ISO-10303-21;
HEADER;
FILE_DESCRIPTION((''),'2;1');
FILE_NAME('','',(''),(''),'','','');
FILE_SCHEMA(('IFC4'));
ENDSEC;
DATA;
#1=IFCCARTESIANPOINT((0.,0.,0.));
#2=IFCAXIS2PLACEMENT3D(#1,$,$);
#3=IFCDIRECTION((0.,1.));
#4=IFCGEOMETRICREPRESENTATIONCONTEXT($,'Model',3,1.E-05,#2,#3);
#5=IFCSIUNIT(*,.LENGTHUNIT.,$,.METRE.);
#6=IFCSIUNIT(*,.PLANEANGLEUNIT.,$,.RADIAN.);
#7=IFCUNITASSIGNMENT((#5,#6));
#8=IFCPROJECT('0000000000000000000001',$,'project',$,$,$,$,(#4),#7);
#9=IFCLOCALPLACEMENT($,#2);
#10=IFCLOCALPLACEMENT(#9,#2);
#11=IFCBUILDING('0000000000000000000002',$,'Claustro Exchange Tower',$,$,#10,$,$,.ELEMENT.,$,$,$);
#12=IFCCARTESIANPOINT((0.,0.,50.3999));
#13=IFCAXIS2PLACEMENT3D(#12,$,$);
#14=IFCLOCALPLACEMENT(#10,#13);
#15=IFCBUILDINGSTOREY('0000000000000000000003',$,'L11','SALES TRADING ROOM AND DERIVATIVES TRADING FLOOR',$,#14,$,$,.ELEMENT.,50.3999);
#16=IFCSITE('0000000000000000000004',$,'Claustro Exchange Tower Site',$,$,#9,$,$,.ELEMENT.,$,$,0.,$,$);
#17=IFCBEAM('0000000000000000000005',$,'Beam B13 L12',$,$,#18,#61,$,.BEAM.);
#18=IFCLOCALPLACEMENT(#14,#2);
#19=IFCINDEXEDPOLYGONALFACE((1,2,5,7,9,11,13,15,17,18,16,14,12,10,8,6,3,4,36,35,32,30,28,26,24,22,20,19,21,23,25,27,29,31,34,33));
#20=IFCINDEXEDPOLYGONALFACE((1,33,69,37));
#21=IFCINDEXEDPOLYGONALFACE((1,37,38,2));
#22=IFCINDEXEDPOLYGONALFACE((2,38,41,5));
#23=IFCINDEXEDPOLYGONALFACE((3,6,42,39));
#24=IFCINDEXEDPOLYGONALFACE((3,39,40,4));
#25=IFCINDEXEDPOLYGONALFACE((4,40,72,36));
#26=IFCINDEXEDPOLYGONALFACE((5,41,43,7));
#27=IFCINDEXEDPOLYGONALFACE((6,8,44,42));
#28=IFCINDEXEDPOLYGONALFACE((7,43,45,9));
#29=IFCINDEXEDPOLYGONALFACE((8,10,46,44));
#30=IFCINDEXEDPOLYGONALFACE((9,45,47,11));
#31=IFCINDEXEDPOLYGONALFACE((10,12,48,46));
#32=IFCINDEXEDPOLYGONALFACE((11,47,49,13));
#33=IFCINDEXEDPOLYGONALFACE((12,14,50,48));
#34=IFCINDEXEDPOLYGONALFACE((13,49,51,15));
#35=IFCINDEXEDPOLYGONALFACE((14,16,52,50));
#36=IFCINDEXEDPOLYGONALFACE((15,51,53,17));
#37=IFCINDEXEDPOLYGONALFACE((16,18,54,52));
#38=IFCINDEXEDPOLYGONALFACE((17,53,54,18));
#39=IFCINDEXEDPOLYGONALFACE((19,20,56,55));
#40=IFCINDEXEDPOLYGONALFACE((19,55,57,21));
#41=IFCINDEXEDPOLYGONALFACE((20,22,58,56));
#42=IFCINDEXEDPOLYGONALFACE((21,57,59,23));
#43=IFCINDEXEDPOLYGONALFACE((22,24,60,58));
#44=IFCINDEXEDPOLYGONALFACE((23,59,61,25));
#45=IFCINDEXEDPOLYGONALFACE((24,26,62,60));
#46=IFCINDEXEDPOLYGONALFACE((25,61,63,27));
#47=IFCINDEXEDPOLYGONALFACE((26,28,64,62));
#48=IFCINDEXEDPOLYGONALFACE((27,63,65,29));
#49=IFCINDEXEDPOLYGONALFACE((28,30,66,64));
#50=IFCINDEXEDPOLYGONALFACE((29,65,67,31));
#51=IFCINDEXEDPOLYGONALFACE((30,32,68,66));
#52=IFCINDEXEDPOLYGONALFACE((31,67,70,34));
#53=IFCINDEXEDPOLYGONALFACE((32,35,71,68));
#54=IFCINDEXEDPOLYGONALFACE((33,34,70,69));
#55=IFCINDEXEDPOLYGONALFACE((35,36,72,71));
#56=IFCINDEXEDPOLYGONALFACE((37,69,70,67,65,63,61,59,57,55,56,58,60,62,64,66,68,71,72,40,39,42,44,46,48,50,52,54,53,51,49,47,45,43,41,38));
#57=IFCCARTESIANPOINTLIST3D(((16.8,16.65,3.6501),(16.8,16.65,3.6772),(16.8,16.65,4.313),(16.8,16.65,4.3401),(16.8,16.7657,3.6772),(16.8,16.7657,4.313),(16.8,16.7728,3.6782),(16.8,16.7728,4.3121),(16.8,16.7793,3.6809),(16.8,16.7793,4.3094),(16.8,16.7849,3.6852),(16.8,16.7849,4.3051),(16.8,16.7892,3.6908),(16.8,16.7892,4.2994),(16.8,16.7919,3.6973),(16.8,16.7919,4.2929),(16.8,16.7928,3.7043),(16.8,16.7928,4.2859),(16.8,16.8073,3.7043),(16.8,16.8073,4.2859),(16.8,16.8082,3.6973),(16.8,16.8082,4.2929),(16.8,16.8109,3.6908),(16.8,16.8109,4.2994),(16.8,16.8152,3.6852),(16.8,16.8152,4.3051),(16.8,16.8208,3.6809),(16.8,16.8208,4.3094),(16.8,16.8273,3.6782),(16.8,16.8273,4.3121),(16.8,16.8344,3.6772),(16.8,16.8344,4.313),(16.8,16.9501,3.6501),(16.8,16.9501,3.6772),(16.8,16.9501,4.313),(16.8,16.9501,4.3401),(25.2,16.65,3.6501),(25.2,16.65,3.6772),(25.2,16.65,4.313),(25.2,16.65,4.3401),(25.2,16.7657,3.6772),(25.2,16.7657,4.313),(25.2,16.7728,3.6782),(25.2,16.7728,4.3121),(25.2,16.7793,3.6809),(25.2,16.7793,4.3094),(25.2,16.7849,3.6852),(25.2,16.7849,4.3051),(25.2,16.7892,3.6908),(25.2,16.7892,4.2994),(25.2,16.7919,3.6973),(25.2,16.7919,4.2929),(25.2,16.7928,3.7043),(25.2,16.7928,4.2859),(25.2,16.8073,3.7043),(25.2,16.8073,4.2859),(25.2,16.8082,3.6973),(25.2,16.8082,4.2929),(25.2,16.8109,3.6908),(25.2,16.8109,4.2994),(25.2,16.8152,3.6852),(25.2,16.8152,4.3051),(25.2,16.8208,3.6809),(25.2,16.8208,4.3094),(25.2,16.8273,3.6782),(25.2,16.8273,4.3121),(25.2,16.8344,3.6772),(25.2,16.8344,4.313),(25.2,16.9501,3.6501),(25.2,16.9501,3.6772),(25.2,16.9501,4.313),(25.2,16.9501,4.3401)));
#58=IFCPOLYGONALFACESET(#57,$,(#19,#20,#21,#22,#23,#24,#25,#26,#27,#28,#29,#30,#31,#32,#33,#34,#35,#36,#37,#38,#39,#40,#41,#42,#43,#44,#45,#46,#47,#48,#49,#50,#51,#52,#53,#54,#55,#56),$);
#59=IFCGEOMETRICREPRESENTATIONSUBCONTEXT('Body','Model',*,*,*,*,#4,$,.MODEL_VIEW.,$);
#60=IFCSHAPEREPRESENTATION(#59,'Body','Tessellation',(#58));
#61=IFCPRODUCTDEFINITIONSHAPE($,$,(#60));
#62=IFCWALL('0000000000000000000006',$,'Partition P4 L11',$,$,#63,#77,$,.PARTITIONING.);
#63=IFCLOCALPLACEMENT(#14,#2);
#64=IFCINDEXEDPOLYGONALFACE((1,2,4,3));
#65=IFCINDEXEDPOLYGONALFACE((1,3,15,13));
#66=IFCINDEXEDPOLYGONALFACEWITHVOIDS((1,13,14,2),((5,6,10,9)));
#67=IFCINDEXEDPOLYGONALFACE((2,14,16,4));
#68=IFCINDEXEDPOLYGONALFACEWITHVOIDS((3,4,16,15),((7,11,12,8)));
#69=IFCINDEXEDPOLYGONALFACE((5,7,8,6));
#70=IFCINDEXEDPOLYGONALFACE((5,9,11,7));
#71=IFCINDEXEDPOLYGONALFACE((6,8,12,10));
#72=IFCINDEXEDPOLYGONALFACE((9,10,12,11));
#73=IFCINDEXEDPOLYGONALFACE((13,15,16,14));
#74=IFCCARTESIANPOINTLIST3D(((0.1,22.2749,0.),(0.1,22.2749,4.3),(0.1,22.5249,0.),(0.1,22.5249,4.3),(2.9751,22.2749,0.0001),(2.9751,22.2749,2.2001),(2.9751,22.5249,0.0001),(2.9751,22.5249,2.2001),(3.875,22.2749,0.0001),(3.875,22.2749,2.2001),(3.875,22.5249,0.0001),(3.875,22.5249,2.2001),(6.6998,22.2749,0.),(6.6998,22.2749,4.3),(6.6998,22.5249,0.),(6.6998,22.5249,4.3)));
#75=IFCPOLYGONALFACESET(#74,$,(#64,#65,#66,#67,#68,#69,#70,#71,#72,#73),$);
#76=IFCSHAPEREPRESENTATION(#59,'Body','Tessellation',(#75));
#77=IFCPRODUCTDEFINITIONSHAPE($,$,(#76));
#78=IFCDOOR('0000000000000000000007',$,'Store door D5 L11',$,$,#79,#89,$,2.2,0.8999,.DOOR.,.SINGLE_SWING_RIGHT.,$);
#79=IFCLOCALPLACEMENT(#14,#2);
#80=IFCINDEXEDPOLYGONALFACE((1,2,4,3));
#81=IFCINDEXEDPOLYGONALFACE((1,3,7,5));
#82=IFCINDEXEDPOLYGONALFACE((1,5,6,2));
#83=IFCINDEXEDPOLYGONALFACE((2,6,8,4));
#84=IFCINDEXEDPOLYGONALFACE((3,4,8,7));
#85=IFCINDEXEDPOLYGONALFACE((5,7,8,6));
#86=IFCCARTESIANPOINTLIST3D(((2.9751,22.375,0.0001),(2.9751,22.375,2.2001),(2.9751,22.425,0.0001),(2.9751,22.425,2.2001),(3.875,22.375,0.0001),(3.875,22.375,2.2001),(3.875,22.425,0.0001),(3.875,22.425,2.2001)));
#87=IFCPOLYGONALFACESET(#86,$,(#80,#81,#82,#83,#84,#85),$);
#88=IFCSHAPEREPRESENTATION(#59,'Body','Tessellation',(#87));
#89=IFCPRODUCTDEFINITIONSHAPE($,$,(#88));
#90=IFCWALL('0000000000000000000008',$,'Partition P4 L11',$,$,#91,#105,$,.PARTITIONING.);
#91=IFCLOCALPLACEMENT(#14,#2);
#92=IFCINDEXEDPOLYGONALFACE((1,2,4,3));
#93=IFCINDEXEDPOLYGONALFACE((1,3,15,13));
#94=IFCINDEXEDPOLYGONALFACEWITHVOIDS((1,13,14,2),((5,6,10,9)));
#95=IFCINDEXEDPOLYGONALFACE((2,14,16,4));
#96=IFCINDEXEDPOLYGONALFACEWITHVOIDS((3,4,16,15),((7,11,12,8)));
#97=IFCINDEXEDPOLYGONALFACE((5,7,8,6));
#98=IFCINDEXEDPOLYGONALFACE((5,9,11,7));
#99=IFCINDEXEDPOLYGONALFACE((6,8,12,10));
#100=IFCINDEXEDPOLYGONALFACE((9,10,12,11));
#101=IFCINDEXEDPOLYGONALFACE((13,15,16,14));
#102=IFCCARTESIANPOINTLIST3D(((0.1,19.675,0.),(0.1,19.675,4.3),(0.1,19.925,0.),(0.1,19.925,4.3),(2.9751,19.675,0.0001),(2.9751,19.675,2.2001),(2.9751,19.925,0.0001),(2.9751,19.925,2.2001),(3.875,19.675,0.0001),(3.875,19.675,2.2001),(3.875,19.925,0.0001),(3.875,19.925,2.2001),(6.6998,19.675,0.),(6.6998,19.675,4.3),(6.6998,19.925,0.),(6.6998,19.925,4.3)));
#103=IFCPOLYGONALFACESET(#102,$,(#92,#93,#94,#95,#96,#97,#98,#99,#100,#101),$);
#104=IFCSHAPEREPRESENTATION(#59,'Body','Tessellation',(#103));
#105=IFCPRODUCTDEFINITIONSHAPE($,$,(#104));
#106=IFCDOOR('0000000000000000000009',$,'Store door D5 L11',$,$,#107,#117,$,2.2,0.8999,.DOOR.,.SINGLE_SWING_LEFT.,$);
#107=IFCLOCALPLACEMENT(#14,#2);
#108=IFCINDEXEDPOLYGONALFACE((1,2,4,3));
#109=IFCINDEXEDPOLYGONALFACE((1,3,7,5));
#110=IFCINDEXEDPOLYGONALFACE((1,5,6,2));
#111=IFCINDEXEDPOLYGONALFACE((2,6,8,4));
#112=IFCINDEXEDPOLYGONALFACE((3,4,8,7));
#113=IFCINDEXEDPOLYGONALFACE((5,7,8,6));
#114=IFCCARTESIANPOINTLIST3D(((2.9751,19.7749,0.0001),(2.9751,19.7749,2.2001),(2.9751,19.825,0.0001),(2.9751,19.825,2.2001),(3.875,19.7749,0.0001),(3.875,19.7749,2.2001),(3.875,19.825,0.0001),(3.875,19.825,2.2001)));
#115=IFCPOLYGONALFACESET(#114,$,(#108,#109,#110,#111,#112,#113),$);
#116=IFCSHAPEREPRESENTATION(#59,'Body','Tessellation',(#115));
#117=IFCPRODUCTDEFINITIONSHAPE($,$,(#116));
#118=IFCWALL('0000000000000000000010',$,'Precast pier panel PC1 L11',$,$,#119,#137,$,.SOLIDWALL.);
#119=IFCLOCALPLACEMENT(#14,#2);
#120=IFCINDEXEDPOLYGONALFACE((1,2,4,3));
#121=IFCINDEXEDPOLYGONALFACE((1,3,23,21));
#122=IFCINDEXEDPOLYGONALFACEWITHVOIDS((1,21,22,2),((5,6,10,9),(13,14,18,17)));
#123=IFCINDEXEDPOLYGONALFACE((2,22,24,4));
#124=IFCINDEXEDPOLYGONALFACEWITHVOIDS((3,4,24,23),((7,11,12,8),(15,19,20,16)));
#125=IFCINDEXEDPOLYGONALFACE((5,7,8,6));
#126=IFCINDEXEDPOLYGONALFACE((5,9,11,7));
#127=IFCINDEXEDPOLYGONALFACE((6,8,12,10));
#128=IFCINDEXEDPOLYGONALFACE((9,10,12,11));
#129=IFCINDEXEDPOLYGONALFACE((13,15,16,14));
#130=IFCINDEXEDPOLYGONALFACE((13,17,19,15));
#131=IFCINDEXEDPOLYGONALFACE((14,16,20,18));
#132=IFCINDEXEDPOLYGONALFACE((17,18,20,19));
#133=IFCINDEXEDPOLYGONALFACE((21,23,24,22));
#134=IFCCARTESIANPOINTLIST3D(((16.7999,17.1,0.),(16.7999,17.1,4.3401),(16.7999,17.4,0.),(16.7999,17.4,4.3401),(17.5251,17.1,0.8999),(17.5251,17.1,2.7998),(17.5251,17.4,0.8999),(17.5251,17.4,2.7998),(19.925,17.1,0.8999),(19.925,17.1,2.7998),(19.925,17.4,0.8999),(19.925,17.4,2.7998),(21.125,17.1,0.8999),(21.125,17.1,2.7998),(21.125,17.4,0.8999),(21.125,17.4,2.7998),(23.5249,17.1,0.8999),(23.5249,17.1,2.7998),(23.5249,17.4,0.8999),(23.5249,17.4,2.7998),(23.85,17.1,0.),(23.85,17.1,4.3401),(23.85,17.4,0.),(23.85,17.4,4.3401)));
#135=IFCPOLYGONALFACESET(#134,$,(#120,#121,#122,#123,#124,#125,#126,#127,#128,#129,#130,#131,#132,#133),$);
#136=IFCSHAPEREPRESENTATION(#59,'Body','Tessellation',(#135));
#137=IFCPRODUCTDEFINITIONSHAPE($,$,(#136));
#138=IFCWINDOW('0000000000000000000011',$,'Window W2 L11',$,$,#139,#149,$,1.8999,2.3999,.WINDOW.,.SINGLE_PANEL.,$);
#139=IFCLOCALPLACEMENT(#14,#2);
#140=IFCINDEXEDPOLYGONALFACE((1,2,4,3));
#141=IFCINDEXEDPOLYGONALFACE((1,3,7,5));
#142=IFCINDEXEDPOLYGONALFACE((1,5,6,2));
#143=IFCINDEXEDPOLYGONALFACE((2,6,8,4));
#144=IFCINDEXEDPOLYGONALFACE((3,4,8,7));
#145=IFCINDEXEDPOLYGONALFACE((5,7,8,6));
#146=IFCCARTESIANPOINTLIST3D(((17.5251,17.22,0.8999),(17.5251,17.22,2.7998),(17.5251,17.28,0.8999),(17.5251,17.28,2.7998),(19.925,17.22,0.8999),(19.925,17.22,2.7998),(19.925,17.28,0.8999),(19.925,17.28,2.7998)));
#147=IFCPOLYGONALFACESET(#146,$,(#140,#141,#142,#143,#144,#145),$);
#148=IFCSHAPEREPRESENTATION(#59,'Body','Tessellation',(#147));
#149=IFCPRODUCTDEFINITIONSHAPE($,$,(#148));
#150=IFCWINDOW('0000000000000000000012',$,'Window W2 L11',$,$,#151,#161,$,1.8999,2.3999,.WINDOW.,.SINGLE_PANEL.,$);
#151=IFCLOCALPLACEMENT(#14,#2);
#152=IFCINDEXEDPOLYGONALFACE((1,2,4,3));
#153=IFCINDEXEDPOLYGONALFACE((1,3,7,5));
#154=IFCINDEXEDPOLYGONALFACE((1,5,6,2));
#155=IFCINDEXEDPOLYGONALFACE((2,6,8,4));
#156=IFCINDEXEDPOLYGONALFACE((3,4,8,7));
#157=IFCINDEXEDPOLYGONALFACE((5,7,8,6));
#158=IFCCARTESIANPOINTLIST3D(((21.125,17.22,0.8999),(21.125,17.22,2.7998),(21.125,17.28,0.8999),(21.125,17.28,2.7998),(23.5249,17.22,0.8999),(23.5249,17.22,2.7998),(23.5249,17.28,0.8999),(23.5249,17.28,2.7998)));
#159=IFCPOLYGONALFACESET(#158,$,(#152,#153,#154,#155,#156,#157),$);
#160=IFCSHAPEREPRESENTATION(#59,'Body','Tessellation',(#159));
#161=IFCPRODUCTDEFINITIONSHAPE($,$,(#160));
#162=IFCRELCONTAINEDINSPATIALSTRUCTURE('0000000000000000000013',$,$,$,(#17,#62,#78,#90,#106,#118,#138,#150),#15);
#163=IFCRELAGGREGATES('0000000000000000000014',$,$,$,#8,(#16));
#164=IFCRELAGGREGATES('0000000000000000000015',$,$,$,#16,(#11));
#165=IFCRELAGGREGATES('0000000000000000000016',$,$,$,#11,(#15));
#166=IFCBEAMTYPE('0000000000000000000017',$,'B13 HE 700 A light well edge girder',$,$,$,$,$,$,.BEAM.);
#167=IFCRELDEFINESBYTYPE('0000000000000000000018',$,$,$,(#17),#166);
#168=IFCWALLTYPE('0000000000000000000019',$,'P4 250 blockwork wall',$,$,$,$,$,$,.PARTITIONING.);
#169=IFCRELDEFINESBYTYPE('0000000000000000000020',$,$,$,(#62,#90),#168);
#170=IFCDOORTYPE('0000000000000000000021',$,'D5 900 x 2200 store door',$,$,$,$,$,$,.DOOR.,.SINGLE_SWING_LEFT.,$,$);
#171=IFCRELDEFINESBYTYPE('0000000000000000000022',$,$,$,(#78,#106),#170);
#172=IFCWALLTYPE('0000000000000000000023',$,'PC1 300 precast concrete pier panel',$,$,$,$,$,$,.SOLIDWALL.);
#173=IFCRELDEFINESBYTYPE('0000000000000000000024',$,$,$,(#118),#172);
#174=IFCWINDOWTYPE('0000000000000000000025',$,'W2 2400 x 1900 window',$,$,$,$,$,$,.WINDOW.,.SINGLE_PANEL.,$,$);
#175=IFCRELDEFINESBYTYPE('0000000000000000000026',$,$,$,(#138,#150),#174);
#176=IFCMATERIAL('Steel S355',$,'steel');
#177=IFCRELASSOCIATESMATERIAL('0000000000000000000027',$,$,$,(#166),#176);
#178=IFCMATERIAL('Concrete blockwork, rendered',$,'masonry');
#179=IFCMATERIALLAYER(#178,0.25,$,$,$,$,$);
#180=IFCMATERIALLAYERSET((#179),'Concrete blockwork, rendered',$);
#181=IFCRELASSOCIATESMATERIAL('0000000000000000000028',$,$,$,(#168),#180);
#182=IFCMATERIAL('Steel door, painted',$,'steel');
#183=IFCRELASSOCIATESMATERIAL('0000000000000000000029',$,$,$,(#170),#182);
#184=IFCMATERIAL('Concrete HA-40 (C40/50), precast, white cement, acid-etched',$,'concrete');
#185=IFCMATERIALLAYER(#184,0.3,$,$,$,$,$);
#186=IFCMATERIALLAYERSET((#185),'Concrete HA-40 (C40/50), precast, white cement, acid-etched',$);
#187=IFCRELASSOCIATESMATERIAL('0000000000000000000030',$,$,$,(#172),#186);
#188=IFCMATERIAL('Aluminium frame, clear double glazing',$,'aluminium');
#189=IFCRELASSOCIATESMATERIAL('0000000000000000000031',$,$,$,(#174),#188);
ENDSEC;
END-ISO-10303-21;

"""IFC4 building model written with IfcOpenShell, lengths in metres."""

from ifc_helpers import new_model, si_unit, direction, frame, frame_2d, origin, origin_2d, place, context, subcontext, project, spatial, rectangle, i_section, extrude, material, layer, layer_set, material_profile, profile_set, type_object, element, fill, save


model = new_model("IFC4")

# Units and contexts
model_context = context("Model", 3, precision=1e-05, world=origin(), true_north=direction((0.0, 1.0)))
body_context = subcontext(model_context, "Body", "Model", "MODEL_VIEW")
ifc_project = project(units=[si_unit("LENGTHUNIT", "METRE"), si_unit("PLANEANGLEUNIT", "RADIAN")], contexts=[model_context])

# Site, building, storey
site_placement = place(None, origin())
site = spatial("IfcSite", under=ifc_project, at=site_placement, Name="Claustro Exchange Tower Site", CompositionType="ELEMENT", RefElevation=0.0)
building_placement = place(site_placement, origin())
building = spatial("IfcBuilding", under=site, at=building_placement, Name="Claustro Exchange Tower", CompositionType="ELEMENT")
storey_placement = place(building_placement, frame((0.0, 0.0, 50.3999)))
storey = spatial("IfcBuildingStorey", under=building, at=storey_placement, Name="L11", Description="SALES TRADING ROOM AND DERIVATIVES TRADING FLOOR", CompositionType="ELEMENT", Elevation=50.3999)

# Beam
ifc_material_1 = material(Name="Steel S355", Category="steel")
ifc_material_profile = material_profile(ifc_material_1, i_section(OverallWidth=0.3, OverallDepth=0.6899, WebThickness=0.0144, FlangeThickness=0.0271, FilletRadius=0.0271, at=origin_2d()), Name="HE 700 A")
ifc_profile_set = profile_set([ifc_material_profile], Name="Steel S355")
beam_type = type_object("IfcBeamType", Name="B13 HE 700 A light well edge girder", PredefinedType="BEAM", material=ifc_profile_set)
beam_placement = place(storey_placement, frame((16.8, 16.8, 3.9951), z_axis=(1.0, 0.0, 0.0), x_axis=(0.0, 1.0, 0.0)))
element("IfcBeam", 1, at=beam_placement, inside=storey, type_object=beam_type, Name="Beam B13 L12", PredefinedType="BEAM", context=body_context, shape_type="SweptSolid", body=[
    extrude(i_section(OverallWidth=0.3, OverallDepth=0.6899, WebThickness=0.0144, FlangeThickness=0.0271, FilletRadius=0.0271, at=origin_2d()), origin(), (0.0, 0.0, 1.0), 8.3999),
])

# Walls, openings, doors
ifc_material_2 = material(Name="Concrete blockwork, rendered", Category="masonry")
ifc_layer_1 = layer(ifc_material_2, 0.25)
ifc_layer_set_1 = layer_set([ifc_layer_1], Name="Concrete blockwork, rendered")
wall_type_1 = type_object("IfcWallType", Name="P4 250 blockwork wall", PredefinedType="PARTITIONING", material=ifc_layer_set_1)
wall_1_placement = place(storey_placement, frame((0.1001, 22.3999, 0.0), z_axis=(0.0, 0.0, 1.0), x_axis=(1.0, 0.0, 0.0)))
wall_1 = element("IfcWall", 2, at=wall_1_placement, inside=storey, type_object=wall_type_1, Name="Partition P4 L11", PredefinedType="PARTITIONING", context=body_context, shape_type="SweptSolid", body=[
    extrude(rectangle(XDim=6.5999, YDim=0.25, at=frame_2d((3.2998, 0.0))), origin(), (0.0, 0.0, 1.0), 4.3),
])
opening_1_placement = place(wall_1_placement, frame((2.875, 0.0, 0.0)))
opening_1 = element("IfcOpeningElement", 3, at=opening_1_placement, cuts=wall_1, PredefinedType="OPENING", context=body_context, shape_type="SweptSolid", body=[
    extrude(rectangle(XDim=0.8999, YDim=2.2, at=frame_2d((0.45, 1.1001))), frame((0.0, 0.135, 0.0), z_axis=(0.0, -1.0, 0.0), x_axis=(1.0, 0.0, 0.0)), (0.0, 0.0, 1.0), 0.27),
])
ifc_material_3 = material(Name="Steel door, painted", Category="steel")
door_type = type_object("IfcDoorType", Name="D5 900 x 2200 store door", OperationType="SINGLE_SWING_LEFT", PredefinedType="DOOR", material=ifc_material_3)
door_1_placement = place(opening_1_placement, frame((0.8999, 0.0, 0.0), z_axis=(0.0, 0.0, 1.0), x_axis=(-1.0, 0.0, 0.0)))
door_1 = element("IfcDoor", 4, at=door_1_placement, inside=storey, type_object=door_type, Name="Store door D5 L11", OperationType="SINGLE_SWING_RIGHT", OverallHeight=2.2, OverallWidth=0.8999, PredefinedType="DOOR", context=body_context, shape_type="SweptSolid", body=[
    extrude(rectangle(XDim=0.8999, YDim=2.2, at=frame_2d((0.45, 1.1001))), frame((0.0, 0.0249, 0.0), z_axis=(0.0, -1.0, 0.0), x_axis=(1.0, 0.0, 0.0)), (0.0, 0.0, 1.0), 0.05),
])
fill(opening_1, door_1)
wall_2_placement = place(storey_placement, frame((0.1001, 19.8, 0.0), z_axis=(0.0, 0.0, 1.0), x_axis=(1.0, 0.0, 0.0)))
wall_2 = element("IfcWall", 5, at=wall_2_placement, inside=storey, type_object=wall_type_1, Name="Partition P4 L11", PredefinedType="PARTITIONING", context=body_context, shape_type="SweptSolid", body=[
    extrude(rectangle(XDim=6.5999, YDim=0.25, at=frame_2d((3.2998, 0.0))), origin(), (0.0, 0.0, 1.0), 4.3),
])
opening_2_placement = place(wall_2_placement, frame((2.875, 0.0, 0.0)))
opening_2 = element("IfcOpeningElement", 6, at=opening_2_placement, cuts=wall_2, PredefinedType="OPENING", context=body_context, shape_type="SweptSolid", body=[
    extrude(rectangle(XDim=0.8999, YDim=2.2, at=frame_2d((0.45, 1.1001))), frame((0.0, 0.135, 0.0), z_axis=(0.0, -1.0, 0.0), x_axis=(1.0, 0.0, 0.0)), (0.0, 0.0, 1.0), 0.27),
])
door_2_placement = place(opening_2_placement, origin())
door_2 = element("IfcDoor", 7, at=door_2_placement, inside=storey, type_object=door_type, Name="Store door D5 L11", OperationType="SINGLE_SWING_LEFT", OverallHeight=2.2, OverallWidth=0.8999, PredefinedType="DOOR", context=body_context, shape_type="SweptSolid", body=[
    extrude(rectangle(XDim=0.8999, YDim=2.2, at=frame_2d((0.45, 1.1001))), frame((0.0, 0.0249, 0.0), z_axis=(0.0, -1.0, 0.0), x_axis=(1.0, 0.0, 0.0)), (0.0, 0.0, 1.0), 0.05),
])
fill(opening_2, door_2)

# Wall, openings, windows
ifc_material_4 = material(Name="Concrete HA-40 (C40/50), precast, white cement, acid-etched", Category="concrete")
ifc_layer_2 = layer(ifc_material_4, 0.3)
ifc_layer_set_2 = layer_set([ifc_layer_2], Name="Concrete HA-40 (C40/50), precast, white cement, acid-etched")
wall_type_2 = type_object("IfcWallType", Name="PC1 300 precast concrete pier panel", PredefinedType="SOLIDWALL", material=ifc_layer_set_2)
wall_3_placement = place(storey_placement, frame((16.8, 17.25, 0.0), z_axis=(0.0, 0.0, 1.0), x_axis=(1.0, 0.0, 0.0)))
wall_3 = element("IfcWall", 8, at=wall_3_placement, inside=storey, type_object=wall_type_2, Name="Precast pier panel PC1 L11", PredefinedType="SOLIDWALL", context=body_context, shape_type="SweptSolid", body=[
    extrude(rectangle(XDim=7.05, YDim=0.3, at=frame_2d((3.5249, 0.0))), origin(), (0.0, 0.0, 1.0), 4.3401),
])
opening_3_placement = place(wall_3_placement, frame((0.7251, 0.0, 0.8999)))
opening_3 = element("IfcOpeningElement", 9, at=opening_3_placement, cuts=wall_3, PredefinedType="OPENING", context=body_context, shape_type="SweptSolid", body=[
    extrude(rectangle(XDim=2.3999, YDim=1.8999, at=frame_2d((1.2, 0.95))), frame((0.0, 0.1599, 0.0), z_axis=(0.0, -1.0, 0.0), x_axis=(1.0, 0.0, 0.0)), (0.0, 0.0, 1.0), 0.3201),
])
opening_4_placement = place(wall_3_placement, frame((4.325, 0.0, 0.8999)))
opening_4 = element("IfcOpeningElement", 10, at=opening_4_placement, cuts=wall_3, PredefinedType="OPENING", context=body_context, shape_type="SweptSolid", body=[
    extrude(rectangle(XDim=2.3999, YDim=1.8999, at=frame_2d((1.2, 0.95))), frame((0.0, 0.1599, 0.0), z_axis=(0.0, -1.0, 0.0), x_axis=(1.0, 0.0, 0.0)), (0.0, 0.0, 1.0), 0.3201),
])
ifc_material_5 = material(Name="Aluminium frame, clear double glazing", Category="aluminium")
window_type = type_object("IfcWindowType", Name="W2 2400 x 1900 window", PartitioningType="SINGLE_PANEL", PredefinedType="WINDOW", material=ifc_material_5)
window_1_placement = place(opening_3_placement, origin())
window_1 = element("IfcWindow", 11, at=window_1_placement, inside=storey, type_object=window_type, Name="Window W2 L11", OverallHeight=1.8999, OverallWidth=2.3999, PartitioningType="SINGLE_PANEL", PredefinedType="WINDOW", context=body_context, shape_type="SweptSolid", body=[
    extrude(rectangle(XDim=2.3999, YDim=1.8999, at=frame_2d((1.2, 0.95))), frame((0.0, 0.03, 0.0), z_axis=(0.0, -1.0, 0.0), x_axis=(1.0, 0.0, 0.0)), (0.0, 0.0, 1.0), 0.0601),
])
fill(opening_3, window_1)
window_2_placement = place(opening_4_placement, origin())
window_2 = element("IfcWindow", 12, at=window_2_placement, inside=storey, type_object=window_type, Name="Window W2 L11", OverallHeight=1.8999, OverallWidth=2.3999, PartitioningType="SINGLE_PANEL", PredefinedType="WINDOW", context=body_context, shape_type="SweptSolid", body=[
    extrude(rectangle(XDim=2.3999, YDim=1.8999, at=frame_2d((1.2, 0.95))), frame((0.0, 0.03, 0.0), z_axis=(0.0, -1.0, 0.0), x_axis=(1.0, 0.0, 0.0)), (0.0, 0.0, 1.0), 0.0601),
])
fill(opening_4, window_2)

save(model, "model.ifc")
